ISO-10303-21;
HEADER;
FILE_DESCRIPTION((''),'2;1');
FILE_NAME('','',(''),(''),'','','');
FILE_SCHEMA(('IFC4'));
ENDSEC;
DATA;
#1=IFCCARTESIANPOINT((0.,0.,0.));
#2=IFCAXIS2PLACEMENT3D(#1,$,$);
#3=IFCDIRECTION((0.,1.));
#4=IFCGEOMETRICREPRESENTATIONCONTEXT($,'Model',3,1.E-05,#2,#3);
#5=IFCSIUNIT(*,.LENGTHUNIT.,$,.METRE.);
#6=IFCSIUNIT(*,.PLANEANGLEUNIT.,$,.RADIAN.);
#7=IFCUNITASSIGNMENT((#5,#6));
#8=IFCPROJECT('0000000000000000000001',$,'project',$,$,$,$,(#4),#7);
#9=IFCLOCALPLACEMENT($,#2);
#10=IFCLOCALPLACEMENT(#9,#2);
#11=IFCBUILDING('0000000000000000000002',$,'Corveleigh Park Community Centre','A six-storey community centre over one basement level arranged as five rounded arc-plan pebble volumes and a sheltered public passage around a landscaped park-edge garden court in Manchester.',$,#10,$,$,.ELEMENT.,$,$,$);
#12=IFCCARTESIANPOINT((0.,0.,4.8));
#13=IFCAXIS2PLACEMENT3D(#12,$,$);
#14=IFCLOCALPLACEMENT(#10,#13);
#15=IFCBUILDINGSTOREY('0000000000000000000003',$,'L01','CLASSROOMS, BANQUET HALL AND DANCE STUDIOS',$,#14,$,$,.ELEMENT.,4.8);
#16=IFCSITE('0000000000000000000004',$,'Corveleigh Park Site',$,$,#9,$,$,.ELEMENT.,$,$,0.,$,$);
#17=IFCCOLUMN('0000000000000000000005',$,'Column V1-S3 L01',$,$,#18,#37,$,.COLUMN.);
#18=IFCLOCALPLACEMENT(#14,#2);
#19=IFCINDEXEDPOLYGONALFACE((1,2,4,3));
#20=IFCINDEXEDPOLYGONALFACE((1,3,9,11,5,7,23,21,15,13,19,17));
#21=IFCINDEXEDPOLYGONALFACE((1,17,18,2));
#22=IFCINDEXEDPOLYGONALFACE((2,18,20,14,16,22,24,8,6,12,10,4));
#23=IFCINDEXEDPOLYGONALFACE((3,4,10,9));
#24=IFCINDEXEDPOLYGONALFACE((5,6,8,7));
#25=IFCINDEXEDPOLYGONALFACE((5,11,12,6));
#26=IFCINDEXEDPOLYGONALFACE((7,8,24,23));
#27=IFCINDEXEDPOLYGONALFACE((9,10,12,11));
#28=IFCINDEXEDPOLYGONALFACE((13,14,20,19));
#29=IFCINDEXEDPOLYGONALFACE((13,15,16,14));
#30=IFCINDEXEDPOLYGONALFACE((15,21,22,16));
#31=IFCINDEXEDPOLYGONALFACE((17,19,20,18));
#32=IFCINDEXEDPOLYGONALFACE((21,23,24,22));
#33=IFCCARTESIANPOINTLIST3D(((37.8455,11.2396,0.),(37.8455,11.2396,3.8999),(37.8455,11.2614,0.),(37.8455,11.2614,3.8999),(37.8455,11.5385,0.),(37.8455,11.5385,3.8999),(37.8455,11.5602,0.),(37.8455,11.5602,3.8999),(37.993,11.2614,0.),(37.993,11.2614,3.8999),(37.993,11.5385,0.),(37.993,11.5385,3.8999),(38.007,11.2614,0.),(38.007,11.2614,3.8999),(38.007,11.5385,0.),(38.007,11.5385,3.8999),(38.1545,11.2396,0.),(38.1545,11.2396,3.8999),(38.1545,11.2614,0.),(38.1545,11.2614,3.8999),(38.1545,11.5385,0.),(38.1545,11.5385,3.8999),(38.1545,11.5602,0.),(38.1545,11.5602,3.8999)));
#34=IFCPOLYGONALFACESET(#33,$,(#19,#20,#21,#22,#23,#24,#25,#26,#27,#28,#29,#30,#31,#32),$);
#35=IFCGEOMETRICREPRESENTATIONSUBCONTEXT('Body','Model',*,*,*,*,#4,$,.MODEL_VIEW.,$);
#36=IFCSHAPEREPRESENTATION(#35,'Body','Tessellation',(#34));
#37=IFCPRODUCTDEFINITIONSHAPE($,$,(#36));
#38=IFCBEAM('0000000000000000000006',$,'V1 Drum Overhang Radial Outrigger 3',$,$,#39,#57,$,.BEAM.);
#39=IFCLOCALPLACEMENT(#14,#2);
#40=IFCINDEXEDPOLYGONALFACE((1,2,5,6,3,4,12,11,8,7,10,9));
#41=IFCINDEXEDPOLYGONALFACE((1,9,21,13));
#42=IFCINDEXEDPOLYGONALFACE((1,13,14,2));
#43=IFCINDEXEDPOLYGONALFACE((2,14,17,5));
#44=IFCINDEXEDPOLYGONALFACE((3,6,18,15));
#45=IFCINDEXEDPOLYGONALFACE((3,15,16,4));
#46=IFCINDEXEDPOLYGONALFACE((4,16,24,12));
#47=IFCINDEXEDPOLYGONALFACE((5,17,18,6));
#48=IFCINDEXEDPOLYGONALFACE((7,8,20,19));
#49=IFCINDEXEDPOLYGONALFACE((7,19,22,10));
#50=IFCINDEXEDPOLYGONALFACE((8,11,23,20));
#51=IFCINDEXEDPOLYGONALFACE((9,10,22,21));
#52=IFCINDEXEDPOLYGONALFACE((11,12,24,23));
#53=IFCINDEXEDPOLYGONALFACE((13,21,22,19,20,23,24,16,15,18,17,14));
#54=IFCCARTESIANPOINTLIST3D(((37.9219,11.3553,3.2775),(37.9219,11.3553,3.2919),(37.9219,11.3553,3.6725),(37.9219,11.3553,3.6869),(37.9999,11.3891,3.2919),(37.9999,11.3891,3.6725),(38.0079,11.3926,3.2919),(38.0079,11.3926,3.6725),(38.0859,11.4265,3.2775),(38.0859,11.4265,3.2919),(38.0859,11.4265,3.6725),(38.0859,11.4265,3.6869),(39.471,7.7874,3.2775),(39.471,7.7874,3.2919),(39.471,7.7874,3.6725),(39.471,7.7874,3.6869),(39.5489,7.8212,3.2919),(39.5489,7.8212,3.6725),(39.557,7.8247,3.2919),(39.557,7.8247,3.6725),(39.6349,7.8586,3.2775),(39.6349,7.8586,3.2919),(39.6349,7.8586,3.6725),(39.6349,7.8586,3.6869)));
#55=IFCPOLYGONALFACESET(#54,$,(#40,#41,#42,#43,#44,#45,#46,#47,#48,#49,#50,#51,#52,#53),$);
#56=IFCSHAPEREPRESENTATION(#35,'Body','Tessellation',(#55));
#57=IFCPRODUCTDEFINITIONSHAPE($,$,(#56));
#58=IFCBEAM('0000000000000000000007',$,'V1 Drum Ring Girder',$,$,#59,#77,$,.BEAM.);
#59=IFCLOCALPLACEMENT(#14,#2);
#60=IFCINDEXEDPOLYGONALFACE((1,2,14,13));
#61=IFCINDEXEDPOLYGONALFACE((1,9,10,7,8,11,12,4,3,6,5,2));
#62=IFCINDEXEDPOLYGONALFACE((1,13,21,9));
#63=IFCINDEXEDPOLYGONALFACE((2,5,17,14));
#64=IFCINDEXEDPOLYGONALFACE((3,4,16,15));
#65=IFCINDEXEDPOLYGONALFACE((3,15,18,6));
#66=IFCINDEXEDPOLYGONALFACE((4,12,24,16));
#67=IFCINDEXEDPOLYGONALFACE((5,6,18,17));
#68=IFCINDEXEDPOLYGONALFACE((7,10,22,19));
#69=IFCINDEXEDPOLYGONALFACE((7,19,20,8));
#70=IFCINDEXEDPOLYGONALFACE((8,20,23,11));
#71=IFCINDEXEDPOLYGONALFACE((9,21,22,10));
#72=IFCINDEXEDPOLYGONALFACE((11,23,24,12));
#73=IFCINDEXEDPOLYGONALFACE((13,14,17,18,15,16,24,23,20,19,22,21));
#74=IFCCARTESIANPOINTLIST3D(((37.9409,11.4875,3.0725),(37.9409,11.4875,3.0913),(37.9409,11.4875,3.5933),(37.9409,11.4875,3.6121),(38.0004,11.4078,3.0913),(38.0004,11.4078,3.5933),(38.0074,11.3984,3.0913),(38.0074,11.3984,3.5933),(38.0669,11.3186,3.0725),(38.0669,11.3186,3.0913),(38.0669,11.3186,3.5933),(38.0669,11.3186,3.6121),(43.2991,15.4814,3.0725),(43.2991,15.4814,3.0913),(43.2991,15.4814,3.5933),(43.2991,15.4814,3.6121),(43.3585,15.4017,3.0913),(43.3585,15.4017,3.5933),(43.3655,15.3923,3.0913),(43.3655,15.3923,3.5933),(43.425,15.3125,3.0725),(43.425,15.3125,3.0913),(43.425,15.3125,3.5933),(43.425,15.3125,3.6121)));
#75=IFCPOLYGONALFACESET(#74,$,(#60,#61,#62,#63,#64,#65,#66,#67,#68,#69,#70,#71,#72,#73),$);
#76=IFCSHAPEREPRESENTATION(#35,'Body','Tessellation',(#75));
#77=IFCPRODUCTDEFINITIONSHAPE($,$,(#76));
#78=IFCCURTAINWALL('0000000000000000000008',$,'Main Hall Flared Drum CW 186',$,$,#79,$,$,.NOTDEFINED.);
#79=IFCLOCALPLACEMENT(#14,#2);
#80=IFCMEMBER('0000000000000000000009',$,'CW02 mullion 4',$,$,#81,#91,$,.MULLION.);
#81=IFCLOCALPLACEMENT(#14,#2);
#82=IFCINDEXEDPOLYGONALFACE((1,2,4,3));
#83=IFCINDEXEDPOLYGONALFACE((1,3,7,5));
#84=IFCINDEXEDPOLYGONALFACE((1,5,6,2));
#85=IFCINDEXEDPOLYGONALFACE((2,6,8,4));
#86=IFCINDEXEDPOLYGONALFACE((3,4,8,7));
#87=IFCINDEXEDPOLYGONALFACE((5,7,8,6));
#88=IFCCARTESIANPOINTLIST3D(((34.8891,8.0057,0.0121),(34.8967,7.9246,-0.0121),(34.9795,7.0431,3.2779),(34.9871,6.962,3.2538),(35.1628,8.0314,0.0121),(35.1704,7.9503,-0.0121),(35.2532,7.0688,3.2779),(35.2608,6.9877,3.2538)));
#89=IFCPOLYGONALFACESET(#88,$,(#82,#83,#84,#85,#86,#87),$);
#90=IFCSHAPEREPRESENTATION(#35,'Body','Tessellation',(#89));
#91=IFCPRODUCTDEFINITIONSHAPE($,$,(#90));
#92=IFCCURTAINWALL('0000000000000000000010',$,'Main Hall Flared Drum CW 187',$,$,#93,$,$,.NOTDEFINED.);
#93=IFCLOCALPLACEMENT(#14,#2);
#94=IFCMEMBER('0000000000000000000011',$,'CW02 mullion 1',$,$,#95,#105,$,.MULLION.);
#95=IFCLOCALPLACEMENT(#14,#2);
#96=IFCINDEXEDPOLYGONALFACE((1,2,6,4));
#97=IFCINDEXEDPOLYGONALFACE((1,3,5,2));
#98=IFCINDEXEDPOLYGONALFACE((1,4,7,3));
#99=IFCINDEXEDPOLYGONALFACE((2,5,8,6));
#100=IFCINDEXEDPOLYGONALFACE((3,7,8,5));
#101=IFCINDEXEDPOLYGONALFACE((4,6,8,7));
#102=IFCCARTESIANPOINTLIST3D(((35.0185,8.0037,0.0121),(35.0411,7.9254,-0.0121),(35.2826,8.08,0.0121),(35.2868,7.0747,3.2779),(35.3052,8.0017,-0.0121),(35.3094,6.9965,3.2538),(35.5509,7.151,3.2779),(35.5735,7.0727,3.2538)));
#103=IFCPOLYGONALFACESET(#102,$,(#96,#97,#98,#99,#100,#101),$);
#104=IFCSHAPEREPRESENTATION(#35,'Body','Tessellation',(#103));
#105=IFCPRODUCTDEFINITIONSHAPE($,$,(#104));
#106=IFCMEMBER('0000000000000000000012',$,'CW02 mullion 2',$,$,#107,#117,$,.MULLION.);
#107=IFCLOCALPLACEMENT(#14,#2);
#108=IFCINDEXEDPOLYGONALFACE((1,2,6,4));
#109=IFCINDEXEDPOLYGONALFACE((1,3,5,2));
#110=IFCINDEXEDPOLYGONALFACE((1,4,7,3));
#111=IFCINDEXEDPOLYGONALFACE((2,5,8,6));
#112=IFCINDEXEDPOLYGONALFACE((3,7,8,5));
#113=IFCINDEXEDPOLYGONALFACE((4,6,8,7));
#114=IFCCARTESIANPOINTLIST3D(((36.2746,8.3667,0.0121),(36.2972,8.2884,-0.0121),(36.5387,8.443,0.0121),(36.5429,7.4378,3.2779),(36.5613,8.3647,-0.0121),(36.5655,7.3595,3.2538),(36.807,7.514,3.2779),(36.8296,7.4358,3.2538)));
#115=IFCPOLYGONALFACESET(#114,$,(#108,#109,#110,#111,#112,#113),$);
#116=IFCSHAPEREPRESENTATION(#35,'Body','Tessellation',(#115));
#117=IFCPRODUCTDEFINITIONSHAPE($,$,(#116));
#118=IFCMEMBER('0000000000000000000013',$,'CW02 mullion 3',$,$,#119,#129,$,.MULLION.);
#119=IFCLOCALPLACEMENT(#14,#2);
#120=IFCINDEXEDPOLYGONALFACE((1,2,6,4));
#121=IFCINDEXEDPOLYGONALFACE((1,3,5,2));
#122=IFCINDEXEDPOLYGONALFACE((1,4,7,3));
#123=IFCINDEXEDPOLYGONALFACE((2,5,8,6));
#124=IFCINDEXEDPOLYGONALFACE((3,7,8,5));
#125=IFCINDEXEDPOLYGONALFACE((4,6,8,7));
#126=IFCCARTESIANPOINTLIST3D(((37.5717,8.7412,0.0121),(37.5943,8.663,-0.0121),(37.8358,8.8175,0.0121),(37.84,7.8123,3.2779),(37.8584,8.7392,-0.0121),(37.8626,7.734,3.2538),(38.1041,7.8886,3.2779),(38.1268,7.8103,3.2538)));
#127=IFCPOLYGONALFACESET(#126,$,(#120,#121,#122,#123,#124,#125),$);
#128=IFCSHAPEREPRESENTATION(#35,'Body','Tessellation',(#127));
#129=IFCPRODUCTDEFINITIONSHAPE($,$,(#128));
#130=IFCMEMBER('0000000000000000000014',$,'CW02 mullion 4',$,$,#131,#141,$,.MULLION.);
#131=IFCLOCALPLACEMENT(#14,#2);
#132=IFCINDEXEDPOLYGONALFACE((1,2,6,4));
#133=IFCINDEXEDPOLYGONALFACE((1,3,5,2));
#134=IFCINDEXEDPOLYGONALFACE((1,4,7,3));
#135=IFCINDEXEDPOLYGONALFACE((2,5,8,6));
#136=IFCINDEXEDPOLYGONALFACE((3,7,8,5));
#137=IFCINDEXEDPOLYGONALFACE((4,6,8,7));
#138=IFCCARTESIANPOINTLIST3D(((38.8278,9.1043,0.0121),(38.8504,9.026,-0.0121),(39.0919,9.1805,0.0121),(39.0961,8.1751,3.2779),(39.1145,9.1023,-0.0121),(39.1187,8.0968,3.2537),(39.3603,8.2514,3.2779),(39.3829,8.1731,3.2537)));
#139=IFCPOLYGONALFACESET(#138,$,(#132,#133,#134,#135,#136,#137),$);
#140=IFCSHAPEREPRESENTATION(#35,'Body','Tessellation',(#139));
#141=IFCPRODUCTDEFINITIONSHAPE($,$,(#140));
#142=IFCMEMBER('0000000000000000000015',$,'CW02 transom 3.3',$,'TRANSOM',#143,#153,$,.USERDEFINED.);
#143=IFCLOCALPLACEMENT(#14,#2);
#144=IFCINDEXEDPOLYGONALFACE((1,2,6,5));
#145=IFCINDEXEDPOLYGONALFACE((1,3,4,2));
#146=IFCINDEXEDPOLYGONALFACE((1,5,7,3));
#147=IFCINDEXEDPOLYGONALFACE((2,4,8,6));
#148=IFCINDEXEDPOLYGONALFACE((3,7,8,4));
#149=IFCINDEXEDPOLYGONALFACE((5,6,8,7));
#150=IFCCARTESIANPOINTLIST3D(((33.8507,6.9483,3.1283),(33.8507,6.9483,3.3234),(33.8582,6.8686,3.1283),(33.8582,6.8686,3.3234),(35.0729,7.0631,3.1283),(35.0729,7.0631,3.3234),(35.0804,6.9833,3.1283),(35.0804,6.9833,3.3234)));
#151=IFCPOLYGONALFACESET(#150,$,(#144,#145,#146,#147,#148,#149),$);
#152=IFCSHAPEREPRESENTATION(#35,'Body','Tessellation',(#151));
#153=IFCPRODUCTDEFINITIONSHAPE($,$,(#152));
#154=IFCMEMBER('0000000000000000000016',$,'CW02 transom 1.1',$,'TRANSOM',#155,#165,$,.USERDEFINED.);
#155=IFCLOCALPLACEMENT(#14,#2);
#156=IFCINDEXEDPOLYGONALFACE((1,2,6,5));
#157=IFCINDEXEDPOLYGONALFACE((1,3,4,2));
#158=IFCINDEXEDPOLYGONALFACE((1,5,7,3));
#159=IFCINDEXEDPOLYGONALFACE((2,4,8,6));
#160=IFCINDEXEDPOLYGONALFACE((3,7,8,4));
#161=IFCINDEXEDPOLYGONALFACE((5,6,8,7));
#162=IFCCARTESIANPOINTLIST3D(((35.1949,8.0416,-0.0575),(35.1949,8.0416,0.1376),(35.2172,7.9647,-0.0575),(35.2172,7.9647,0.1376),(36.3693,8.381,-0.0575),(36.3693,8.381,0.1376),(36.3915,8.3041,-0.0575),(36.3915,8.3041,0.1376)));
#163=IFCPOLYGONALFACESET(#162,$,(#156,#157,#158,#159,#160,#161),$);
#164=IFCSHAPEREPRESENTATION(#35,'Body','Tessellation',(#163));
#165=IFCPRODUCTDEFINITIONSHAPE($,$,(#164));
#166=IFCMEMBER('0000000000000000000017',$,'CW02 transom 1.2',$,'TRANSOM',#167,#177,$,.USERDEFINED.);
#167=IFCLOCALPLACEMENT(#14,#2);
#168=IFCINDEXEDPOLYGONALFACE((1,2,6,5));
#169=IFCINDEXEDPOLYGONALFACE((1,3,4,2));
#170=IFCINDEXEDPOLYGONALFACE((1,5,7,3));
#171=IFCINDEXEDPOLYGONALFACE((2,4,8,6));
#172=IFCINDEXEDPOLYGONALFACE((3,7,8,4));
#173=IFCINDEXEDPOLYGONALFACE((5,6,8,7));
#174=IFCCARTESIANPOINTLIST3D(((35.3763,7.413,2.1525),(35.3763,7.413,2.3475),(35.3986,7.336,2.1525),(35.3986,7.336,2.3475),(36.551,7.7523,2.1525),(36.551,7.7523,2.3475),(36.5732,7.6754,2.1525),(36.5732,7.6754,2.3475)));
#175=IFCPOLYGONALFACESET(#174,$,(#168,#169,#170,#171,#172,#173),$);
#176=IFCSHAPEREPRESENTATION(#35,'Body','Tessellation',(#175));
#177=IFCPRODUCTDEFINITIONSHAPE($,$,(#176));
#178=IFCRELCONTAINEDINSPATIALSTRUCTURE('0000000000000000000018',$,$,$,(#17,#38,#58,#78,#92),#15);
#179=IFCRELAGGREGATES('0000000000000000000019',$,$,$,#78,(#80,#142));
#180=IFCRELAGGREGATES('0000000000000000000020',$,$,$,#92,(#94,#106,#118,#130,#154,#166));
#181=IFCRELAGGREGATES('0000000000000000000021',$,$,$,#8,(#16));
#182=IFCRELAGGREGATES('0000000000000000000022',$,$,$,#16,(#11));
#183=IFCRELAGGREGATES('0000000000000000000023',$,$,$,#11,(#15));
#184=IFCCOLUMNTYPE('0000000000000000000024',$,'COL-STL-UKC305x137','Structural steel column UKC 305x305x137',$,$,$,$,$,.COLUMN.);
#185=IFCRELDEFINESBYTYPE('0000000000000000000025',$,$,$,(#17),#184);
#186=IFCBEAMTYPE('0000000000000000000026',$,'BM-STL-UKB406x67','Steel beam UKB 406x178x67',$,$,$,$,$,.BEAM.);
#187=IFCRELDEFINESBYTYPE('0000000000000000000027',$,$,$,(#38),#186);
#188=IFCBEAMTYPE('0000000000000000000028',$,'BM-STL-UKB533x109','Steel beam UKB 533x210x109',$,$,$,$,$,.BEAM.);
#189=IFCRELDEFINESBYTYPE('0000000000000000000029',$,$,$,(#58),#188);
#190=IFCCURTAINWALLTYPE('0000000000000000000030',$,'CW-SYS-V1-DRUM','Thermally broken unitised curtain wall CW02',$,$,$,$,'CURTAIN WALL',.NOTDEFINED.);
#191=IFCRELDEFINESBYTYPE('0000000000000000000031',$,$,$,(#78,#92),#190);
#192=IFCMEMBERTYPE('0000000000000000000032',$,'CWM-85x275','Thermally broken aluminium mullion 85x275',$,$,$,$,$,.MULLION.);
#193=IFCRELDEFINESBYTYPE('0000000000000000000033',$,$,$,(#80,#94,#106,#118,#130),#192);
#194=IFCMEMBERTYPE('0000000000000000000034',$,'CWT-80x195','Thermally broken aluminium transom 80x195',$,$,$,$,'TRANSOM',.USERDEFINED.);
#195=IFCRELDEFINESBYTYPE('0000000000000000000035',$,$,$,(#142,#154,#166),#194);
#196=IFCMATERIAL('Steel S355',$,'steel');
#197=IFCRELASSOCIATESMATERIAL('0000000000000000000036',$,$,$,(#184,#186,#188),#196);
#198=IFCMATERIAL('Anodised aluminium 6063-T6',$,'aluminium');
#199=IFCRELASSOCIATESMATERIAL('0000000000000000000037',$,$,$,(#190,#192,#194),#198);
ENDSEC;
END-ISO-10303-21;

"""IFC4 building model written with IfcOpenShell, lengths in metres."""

from ifc_helpers import new_model, si_unit, direction, frame, origin, origin_2d, place, context, subcontext, project, spatial, rectangle, i_section, extrude, material, material_profile, profile_set, type_object, element, aggregate, save


model = new_model("IFC4")

# Units and contexts
model_context = context("Model", 3, precision=1e-05, world=origin(), true_north=direction((0.0, 1.0)))
body_context = subcontext(model_context, "Body", "Model", "MODEL_VIEW")
ifc_project = project(units=[si_unit("LENGTHUNIT", "METRE"), si_unit("PLANEANGLEUNIT", "RADIAN")], contexts=[model_context])

# Site, building, storey
site_placement = place(None, origin())
site = spatial("IfcSite", under=ifc_project, at=site_placement, Name="Corveleigh Park Site", CompositionType="ELEMENT", RefElevation=0.0)
building_placement = place(site_placement, origin())
building = spatial("IfcBuilding", under=site, at=building_placement, Name="Corveleigh Park Community Centre", Description="A six-storey community centre over one basement level arranged as five rounded arc-plan pebble volumes and a sheltered public passage around a landscaped park-edge garden court in Manchester.", CompositionType="ELEMENT")
storey_placement = place(building_placement, frame((0.0, 0.0, 4.8)))
storey = spatial("IfcBuildingStorey", under=building, at=storey_placement, Name="L01", Description="CLASSROOMS, BANQUET HALL AND DANCE STUDIOS", CompositionType="ELEMENT", Elevation=4.8)

# Column
ifc_material_1 = material(Name="Steel S355", Category="steel")
ifc_material_profile_1 = material_profile(ifc_material_1, i_section(OverallWidth=0.3091, OverallDepth=0.3206, WebThickness=0.0139, FlangeThickness=0.0217, at=origin_2d()), Name="UKC 305x305x137", Category="steel")
ifc_profile_set_1 = profile_set([ifc_material_profile_1], Name="Steel S355")
column_type = type_object("IfcColumnType", Name="COL-STL-UKC305x137", Description="Structural steel column UKC 305x305x137", PredefinedType="COLUMN", material=ifc_profile_set_1)
column_placement = place(storey_placement, frame((38.0, 11.3999, 0.0), z_axis=(0.0, 0.0, 1.0), x_axis=(1.0, 0.0, 0.0)))
element("IfcColumn", 1, at=column_placement, inside=storey, type_object=column_type, Name="Column V1-S3 L01", PredefinedType="COLUMN", context=body_context, shape_type="SweptSolid", body=[
    extrude(i_section(OverallWidth=0.3091, OverallDepth=0.3206, WebThickness=0.0139, FlangeThickness=0.0217, at=origin_2d()), origin(), (0.0, 0.0, 1.0), 3.8999),
])

# Beams
ifc_material_profile_2 = material_profile(ifc_material_1, i_section(OverallWidth=0.1787, OverallDepth=0.4094, WebThickness=0.0088, FlangeThickness=0.0144, at=origin_2d()), Name="UKB 406x178x67", Category="steel")
ifc_profile_set_2 = profile_set([ifc_material_profile_2], Name="Steel S355")
beam_type_1 = type_object("IfcBeamType", Name="BM-STL-UKB406x67", Description="Steel beam UKB 406x178x67", PredefinedType="BEAM", material=ifc_profile_set_2)
beam_1_placement = place(storey_placement, frame((38.0039, 11.3909, 3.4822), z_axis=(0.398256, -0.917275, 0.0), x_axis=(0.917275, 0.398256, 0.0)))
element("IfcBeam", 2, at=beam_1_placement, inside=storey, type_object=beam_type_1, Name="V1 Drum Overhang Radial Outrigger 3", PredefinedType="BEAM", context=body_context, shape_type="SweptSolid", body=[
    extrude(i_section(OverallWidth=0.1787, OverallDepth=0.4094, WebThickness=0.0088, FlangeThickness=0.0144, at=origin_2d()), origin(), (0.0, 0.0, 1.0), 3.8896),
])
ifc_material_profile_3 = material_profile(ifc_material_1, i_section(OverallWidth=0.2107, OverallDepth=0.5396, WebThickness=0.0117, FlangeThickness=0.0188, at=origin_2d()), Name="UKB 533x210x109", Category="steel")
ifc_profile_set_3 = profile_set([ifc_material_profile_3], Name="Steel S355")
beam_type_2 = type_object("IfcBeamType", Name="BM-STL-UKB533x109", Description="Steel beam UKB 533x210x109", PredefinedType="BEAM", material=ifc_profile_set_3)
beam_2_placement = place(storey_placement, frame((38.0039, 11.4031, 3.3423), z_axis=(0.801772, 0.59763, 0.0), x_axis=(-0.59763, 0.801772, 0.0)))
element("IfcBeam", 3, at=beam_2_placement, inside=storey, type_object=beam_type_2, Name="V1 Drum Ring Girder", PredefinedType="BEAM", context=body_context, shape_type="SweptSolid", body=[
    extrude(i_section(OverallWidth=0.2107, OverallDepth=0.5396, WebThickness=0.0117, FlangeThickness=0.0188, at=origin_2d()), origin(), (0.0, 0.0, 1.0), 6.6829),
])

# Curtain wall, member
ifc_material_2 = material(Name="Anodised aluminium 6063-T6", Category="aluminium")
curtain_wall_type = type_object("IfcCurtainWallType", Name="CW-SYS-V1-DRUM", Description="Thermally broken unitised curtain wall CW02", ElementType="CURTAIN WALL", PredefinedType="NOTDEFINED", material=ifc_material_2)
curtain_wall_1_placement = place(storey_placement, origin())
curtain_wall_1 = element("IfcCurtainWall", 4, at=curtain_wall_1_placement, inside=storey, type_object=curtain_wall_type, Name="Main Hall Flared Drum CW 186", PredefinedType="NOTDEFINED")
ifc_material_profile_4 = material_profile(ifc_material_2, rectangle(XDim=0.085, YDim=0.2749, at=origin_2d()), Name="ALU-M85x275", Category="aluminium")
ifc_profile_set_4 = profile_set([ifc_material_profile_4], Name="Anodised aluminium 6063-T6")
member_type_1 = type_object("IfcMemberType", Name="CWM-85x275", Description="Thermally broken aluminium mullion 85x275", PredefinedType="MULLION", material=ifc_profile_set_4)
member_1_placement = place(storey_placement, frame((35.0298, 7.978, 0.0), z_axis=(0.026522, -0.282634, 0.958861), x_axis=(-0.089583, 0.954667, 0.283875)))
member_1 = element("IfcMember", 5, at=member_1_placement, type_object=member_type_1, Name="CW02 mullion 4", PredefinedType="MULLION", context=body_context, shape_type="SweptSolid", body=[
    extrude(rectangle(XDim=0.085, YDim=0.2749, at=origin_2d()), origin(), (0.0, 0.0, 1.0), 3.406),
])

# Curtain wall, members
curtain_wall_2_placement = place(storey_placement, origin())
curtain_wall_2 = element("IfcCurtainWall", 6, at=curtain_wall_2_placement, inside=storey, type_object=curtain_wall_type, Name="Main Hall Flared Drum CW 187", PredefinedType="NOTDEFINED")
member_2_placement = place(storey_placement, frame((35.1619, 8.0027, 0.0), z_axis=(0.078776, -0.272741, 0.958857), x_axis=(-0.266071, 0.921202, 0.283889)))
member_2 = element("IfcMember", 7, at=member_2_placement, type_object=member_type_1, Name="CW02 mullion 1", PredefinedType="MULLION", context=body_context, shape_type="SweptSolid", body=[
    extrude(rectangle(XDim=0.085, YDim=0.2749, at=origin_2d()), origin(), (0.0, 0.0, 1.0), 3.406),
])
member_3_placement = place(storey_placement, frame((36.418, 8.3657, 0.0), z_axis=(0.078776, -0.272741, 0.958857), x_axis=(-0.266071, 0.921202, 0.283889)))
member_3 = element("IfcMember", 8, at=member_3_placement, type_object=member_type_1, Name="CW02 mullion 2", PredefinedType="MULLION", context=body_context, shape_type="SweptSolid", body=[
    extrude(rectangle(XDim=0.085, YDim=0.2749, at=origin_2d()), origin(), (0.0, 0.0, 1.0), 3.406),
])
member_4_placement = place(storey_placement, frame((37.7151, 8.7402, 0.0), z_axis=(0.078776, -0.272741, 0.958857), x_axis=(-0.266071, 0.921202, 0.283889)))
member_4 = element("IfcMember", 9, at=member_4_placement, type_object=member_type_1, Name="CW02 mullion 3", PredefinedType="MULLION", context=body_context, shape_type="SweptSolid", body=[
    extrude(rectangle(XDim=0.085, YDim=0.2749, at=origin_2d()), origin(), (0.0, 0.0, 1.0), 3.406),
])
member_5_placement = place(storey_placement, frame((38.9712, 9.1033, 0.0), z_axis=(0.078774, -0.272807, 0.958838), x_axis=(-0.266001, 0.921203, 0.283953)))
member_5 = element("IfcMember", 10, at=member_5_placement, type_object=member_type_1, Name="CW02 mullion 4", PredefinedType="MULLION", context=body_context, shape_type="SweptSolid", body=[
    extrude(rectangle(XDim=0.085, YDim=0.2749, at=origin_2d()), origin(), (0.0, 0.0, 1.0), 3.406),
])

# Members
ifc_material_profile_5 = material_profile(ifc_material_2, rectangle(XDim=0.0801, YDim=0.1951, at=origin_2d()), Name="ALU-T80x195", Category="aluminium")
ifc_profile_set_5 = profile_set([ifc_material_profile_5], Name="Anodised aluminium 6063-T6")
member_type_2 = type_object("IfcMemberType", Name="CWT-80x195", Description="Thermally broken aluminium transom 80x195", ElementType="TRANSOM", PredefinedType="USERDEFINED", material=ifc_profile_set_5)
member_6_placement = place(storey_placement, frame((33.8545, 6.9084, 3.2258), z_axis=(0.995622, 0.093476, 0.0), x_axis=(-0.093476, 0.995622, 0.0)))
member_6 = element("IfcMember", 11, at=member_6_placement, type_object=member_type_2, Name="CW02 transom 3.3", ObjectType="TRANSOM", PredefinedType="USERDEFINED", context=body_context, shape_type="SweptSolid", body=[
    extrude(rectangle(XDim=0.0801, YDim=0.1951, at=origin_2d()), origin(), (0.0, 0.0, 1.0), 1.2275),
])
member_7_placement = place(storey_placement, frame((35.2061, 8.0032, 0.04), z_axis=(0.960691, 0.277622, 0.0), x_axis=(-0.277622, 0.960691, 0.0)))
member_7 = element("IfcMember", 12, at=member_7_placement, type_object=member_type_2, Name="CW02 transom 1.1", ObjectType="TRANSOM", PredefinedType="USERDEFINED", context=body_context, shape_type="SweptSolid", body=[
    extrude(rectangle(XDim=0.0801, YDim=0.1951, at=origin_2d()), origin(), (0.0, 0.0, 1.0), 1.2224),
])
member_8_placement = place(storey_placement, frame((35.3875, 7.3745, 2.25), z_axis=(0.960706, 0.277568, 0.0), x_axis=(-0.277568, 0.960706, 0.0)))
member_8 = element("IfcMember", 13, at=member_8_placement, type_object=member_type_2, Name="CW02 transom 1.2", ObjectType="TRANSOM", PredefinedType="USERDEFINED", context=body_context, shape_type="SweptSolid", body=[
    extrude(rectangle(XDim=0.0801, YDim=0.1951, at=origin_2d()), origin(), (0.0, 0.0, 1.0), 1.2227),
])

aggregate(curtain_wall_1, [member_1, member_6])
aggregate(curtain_wall_2, [member_2, member_3, member_4, member_5, member_7, member_8])

save(model, "model.ifc")
